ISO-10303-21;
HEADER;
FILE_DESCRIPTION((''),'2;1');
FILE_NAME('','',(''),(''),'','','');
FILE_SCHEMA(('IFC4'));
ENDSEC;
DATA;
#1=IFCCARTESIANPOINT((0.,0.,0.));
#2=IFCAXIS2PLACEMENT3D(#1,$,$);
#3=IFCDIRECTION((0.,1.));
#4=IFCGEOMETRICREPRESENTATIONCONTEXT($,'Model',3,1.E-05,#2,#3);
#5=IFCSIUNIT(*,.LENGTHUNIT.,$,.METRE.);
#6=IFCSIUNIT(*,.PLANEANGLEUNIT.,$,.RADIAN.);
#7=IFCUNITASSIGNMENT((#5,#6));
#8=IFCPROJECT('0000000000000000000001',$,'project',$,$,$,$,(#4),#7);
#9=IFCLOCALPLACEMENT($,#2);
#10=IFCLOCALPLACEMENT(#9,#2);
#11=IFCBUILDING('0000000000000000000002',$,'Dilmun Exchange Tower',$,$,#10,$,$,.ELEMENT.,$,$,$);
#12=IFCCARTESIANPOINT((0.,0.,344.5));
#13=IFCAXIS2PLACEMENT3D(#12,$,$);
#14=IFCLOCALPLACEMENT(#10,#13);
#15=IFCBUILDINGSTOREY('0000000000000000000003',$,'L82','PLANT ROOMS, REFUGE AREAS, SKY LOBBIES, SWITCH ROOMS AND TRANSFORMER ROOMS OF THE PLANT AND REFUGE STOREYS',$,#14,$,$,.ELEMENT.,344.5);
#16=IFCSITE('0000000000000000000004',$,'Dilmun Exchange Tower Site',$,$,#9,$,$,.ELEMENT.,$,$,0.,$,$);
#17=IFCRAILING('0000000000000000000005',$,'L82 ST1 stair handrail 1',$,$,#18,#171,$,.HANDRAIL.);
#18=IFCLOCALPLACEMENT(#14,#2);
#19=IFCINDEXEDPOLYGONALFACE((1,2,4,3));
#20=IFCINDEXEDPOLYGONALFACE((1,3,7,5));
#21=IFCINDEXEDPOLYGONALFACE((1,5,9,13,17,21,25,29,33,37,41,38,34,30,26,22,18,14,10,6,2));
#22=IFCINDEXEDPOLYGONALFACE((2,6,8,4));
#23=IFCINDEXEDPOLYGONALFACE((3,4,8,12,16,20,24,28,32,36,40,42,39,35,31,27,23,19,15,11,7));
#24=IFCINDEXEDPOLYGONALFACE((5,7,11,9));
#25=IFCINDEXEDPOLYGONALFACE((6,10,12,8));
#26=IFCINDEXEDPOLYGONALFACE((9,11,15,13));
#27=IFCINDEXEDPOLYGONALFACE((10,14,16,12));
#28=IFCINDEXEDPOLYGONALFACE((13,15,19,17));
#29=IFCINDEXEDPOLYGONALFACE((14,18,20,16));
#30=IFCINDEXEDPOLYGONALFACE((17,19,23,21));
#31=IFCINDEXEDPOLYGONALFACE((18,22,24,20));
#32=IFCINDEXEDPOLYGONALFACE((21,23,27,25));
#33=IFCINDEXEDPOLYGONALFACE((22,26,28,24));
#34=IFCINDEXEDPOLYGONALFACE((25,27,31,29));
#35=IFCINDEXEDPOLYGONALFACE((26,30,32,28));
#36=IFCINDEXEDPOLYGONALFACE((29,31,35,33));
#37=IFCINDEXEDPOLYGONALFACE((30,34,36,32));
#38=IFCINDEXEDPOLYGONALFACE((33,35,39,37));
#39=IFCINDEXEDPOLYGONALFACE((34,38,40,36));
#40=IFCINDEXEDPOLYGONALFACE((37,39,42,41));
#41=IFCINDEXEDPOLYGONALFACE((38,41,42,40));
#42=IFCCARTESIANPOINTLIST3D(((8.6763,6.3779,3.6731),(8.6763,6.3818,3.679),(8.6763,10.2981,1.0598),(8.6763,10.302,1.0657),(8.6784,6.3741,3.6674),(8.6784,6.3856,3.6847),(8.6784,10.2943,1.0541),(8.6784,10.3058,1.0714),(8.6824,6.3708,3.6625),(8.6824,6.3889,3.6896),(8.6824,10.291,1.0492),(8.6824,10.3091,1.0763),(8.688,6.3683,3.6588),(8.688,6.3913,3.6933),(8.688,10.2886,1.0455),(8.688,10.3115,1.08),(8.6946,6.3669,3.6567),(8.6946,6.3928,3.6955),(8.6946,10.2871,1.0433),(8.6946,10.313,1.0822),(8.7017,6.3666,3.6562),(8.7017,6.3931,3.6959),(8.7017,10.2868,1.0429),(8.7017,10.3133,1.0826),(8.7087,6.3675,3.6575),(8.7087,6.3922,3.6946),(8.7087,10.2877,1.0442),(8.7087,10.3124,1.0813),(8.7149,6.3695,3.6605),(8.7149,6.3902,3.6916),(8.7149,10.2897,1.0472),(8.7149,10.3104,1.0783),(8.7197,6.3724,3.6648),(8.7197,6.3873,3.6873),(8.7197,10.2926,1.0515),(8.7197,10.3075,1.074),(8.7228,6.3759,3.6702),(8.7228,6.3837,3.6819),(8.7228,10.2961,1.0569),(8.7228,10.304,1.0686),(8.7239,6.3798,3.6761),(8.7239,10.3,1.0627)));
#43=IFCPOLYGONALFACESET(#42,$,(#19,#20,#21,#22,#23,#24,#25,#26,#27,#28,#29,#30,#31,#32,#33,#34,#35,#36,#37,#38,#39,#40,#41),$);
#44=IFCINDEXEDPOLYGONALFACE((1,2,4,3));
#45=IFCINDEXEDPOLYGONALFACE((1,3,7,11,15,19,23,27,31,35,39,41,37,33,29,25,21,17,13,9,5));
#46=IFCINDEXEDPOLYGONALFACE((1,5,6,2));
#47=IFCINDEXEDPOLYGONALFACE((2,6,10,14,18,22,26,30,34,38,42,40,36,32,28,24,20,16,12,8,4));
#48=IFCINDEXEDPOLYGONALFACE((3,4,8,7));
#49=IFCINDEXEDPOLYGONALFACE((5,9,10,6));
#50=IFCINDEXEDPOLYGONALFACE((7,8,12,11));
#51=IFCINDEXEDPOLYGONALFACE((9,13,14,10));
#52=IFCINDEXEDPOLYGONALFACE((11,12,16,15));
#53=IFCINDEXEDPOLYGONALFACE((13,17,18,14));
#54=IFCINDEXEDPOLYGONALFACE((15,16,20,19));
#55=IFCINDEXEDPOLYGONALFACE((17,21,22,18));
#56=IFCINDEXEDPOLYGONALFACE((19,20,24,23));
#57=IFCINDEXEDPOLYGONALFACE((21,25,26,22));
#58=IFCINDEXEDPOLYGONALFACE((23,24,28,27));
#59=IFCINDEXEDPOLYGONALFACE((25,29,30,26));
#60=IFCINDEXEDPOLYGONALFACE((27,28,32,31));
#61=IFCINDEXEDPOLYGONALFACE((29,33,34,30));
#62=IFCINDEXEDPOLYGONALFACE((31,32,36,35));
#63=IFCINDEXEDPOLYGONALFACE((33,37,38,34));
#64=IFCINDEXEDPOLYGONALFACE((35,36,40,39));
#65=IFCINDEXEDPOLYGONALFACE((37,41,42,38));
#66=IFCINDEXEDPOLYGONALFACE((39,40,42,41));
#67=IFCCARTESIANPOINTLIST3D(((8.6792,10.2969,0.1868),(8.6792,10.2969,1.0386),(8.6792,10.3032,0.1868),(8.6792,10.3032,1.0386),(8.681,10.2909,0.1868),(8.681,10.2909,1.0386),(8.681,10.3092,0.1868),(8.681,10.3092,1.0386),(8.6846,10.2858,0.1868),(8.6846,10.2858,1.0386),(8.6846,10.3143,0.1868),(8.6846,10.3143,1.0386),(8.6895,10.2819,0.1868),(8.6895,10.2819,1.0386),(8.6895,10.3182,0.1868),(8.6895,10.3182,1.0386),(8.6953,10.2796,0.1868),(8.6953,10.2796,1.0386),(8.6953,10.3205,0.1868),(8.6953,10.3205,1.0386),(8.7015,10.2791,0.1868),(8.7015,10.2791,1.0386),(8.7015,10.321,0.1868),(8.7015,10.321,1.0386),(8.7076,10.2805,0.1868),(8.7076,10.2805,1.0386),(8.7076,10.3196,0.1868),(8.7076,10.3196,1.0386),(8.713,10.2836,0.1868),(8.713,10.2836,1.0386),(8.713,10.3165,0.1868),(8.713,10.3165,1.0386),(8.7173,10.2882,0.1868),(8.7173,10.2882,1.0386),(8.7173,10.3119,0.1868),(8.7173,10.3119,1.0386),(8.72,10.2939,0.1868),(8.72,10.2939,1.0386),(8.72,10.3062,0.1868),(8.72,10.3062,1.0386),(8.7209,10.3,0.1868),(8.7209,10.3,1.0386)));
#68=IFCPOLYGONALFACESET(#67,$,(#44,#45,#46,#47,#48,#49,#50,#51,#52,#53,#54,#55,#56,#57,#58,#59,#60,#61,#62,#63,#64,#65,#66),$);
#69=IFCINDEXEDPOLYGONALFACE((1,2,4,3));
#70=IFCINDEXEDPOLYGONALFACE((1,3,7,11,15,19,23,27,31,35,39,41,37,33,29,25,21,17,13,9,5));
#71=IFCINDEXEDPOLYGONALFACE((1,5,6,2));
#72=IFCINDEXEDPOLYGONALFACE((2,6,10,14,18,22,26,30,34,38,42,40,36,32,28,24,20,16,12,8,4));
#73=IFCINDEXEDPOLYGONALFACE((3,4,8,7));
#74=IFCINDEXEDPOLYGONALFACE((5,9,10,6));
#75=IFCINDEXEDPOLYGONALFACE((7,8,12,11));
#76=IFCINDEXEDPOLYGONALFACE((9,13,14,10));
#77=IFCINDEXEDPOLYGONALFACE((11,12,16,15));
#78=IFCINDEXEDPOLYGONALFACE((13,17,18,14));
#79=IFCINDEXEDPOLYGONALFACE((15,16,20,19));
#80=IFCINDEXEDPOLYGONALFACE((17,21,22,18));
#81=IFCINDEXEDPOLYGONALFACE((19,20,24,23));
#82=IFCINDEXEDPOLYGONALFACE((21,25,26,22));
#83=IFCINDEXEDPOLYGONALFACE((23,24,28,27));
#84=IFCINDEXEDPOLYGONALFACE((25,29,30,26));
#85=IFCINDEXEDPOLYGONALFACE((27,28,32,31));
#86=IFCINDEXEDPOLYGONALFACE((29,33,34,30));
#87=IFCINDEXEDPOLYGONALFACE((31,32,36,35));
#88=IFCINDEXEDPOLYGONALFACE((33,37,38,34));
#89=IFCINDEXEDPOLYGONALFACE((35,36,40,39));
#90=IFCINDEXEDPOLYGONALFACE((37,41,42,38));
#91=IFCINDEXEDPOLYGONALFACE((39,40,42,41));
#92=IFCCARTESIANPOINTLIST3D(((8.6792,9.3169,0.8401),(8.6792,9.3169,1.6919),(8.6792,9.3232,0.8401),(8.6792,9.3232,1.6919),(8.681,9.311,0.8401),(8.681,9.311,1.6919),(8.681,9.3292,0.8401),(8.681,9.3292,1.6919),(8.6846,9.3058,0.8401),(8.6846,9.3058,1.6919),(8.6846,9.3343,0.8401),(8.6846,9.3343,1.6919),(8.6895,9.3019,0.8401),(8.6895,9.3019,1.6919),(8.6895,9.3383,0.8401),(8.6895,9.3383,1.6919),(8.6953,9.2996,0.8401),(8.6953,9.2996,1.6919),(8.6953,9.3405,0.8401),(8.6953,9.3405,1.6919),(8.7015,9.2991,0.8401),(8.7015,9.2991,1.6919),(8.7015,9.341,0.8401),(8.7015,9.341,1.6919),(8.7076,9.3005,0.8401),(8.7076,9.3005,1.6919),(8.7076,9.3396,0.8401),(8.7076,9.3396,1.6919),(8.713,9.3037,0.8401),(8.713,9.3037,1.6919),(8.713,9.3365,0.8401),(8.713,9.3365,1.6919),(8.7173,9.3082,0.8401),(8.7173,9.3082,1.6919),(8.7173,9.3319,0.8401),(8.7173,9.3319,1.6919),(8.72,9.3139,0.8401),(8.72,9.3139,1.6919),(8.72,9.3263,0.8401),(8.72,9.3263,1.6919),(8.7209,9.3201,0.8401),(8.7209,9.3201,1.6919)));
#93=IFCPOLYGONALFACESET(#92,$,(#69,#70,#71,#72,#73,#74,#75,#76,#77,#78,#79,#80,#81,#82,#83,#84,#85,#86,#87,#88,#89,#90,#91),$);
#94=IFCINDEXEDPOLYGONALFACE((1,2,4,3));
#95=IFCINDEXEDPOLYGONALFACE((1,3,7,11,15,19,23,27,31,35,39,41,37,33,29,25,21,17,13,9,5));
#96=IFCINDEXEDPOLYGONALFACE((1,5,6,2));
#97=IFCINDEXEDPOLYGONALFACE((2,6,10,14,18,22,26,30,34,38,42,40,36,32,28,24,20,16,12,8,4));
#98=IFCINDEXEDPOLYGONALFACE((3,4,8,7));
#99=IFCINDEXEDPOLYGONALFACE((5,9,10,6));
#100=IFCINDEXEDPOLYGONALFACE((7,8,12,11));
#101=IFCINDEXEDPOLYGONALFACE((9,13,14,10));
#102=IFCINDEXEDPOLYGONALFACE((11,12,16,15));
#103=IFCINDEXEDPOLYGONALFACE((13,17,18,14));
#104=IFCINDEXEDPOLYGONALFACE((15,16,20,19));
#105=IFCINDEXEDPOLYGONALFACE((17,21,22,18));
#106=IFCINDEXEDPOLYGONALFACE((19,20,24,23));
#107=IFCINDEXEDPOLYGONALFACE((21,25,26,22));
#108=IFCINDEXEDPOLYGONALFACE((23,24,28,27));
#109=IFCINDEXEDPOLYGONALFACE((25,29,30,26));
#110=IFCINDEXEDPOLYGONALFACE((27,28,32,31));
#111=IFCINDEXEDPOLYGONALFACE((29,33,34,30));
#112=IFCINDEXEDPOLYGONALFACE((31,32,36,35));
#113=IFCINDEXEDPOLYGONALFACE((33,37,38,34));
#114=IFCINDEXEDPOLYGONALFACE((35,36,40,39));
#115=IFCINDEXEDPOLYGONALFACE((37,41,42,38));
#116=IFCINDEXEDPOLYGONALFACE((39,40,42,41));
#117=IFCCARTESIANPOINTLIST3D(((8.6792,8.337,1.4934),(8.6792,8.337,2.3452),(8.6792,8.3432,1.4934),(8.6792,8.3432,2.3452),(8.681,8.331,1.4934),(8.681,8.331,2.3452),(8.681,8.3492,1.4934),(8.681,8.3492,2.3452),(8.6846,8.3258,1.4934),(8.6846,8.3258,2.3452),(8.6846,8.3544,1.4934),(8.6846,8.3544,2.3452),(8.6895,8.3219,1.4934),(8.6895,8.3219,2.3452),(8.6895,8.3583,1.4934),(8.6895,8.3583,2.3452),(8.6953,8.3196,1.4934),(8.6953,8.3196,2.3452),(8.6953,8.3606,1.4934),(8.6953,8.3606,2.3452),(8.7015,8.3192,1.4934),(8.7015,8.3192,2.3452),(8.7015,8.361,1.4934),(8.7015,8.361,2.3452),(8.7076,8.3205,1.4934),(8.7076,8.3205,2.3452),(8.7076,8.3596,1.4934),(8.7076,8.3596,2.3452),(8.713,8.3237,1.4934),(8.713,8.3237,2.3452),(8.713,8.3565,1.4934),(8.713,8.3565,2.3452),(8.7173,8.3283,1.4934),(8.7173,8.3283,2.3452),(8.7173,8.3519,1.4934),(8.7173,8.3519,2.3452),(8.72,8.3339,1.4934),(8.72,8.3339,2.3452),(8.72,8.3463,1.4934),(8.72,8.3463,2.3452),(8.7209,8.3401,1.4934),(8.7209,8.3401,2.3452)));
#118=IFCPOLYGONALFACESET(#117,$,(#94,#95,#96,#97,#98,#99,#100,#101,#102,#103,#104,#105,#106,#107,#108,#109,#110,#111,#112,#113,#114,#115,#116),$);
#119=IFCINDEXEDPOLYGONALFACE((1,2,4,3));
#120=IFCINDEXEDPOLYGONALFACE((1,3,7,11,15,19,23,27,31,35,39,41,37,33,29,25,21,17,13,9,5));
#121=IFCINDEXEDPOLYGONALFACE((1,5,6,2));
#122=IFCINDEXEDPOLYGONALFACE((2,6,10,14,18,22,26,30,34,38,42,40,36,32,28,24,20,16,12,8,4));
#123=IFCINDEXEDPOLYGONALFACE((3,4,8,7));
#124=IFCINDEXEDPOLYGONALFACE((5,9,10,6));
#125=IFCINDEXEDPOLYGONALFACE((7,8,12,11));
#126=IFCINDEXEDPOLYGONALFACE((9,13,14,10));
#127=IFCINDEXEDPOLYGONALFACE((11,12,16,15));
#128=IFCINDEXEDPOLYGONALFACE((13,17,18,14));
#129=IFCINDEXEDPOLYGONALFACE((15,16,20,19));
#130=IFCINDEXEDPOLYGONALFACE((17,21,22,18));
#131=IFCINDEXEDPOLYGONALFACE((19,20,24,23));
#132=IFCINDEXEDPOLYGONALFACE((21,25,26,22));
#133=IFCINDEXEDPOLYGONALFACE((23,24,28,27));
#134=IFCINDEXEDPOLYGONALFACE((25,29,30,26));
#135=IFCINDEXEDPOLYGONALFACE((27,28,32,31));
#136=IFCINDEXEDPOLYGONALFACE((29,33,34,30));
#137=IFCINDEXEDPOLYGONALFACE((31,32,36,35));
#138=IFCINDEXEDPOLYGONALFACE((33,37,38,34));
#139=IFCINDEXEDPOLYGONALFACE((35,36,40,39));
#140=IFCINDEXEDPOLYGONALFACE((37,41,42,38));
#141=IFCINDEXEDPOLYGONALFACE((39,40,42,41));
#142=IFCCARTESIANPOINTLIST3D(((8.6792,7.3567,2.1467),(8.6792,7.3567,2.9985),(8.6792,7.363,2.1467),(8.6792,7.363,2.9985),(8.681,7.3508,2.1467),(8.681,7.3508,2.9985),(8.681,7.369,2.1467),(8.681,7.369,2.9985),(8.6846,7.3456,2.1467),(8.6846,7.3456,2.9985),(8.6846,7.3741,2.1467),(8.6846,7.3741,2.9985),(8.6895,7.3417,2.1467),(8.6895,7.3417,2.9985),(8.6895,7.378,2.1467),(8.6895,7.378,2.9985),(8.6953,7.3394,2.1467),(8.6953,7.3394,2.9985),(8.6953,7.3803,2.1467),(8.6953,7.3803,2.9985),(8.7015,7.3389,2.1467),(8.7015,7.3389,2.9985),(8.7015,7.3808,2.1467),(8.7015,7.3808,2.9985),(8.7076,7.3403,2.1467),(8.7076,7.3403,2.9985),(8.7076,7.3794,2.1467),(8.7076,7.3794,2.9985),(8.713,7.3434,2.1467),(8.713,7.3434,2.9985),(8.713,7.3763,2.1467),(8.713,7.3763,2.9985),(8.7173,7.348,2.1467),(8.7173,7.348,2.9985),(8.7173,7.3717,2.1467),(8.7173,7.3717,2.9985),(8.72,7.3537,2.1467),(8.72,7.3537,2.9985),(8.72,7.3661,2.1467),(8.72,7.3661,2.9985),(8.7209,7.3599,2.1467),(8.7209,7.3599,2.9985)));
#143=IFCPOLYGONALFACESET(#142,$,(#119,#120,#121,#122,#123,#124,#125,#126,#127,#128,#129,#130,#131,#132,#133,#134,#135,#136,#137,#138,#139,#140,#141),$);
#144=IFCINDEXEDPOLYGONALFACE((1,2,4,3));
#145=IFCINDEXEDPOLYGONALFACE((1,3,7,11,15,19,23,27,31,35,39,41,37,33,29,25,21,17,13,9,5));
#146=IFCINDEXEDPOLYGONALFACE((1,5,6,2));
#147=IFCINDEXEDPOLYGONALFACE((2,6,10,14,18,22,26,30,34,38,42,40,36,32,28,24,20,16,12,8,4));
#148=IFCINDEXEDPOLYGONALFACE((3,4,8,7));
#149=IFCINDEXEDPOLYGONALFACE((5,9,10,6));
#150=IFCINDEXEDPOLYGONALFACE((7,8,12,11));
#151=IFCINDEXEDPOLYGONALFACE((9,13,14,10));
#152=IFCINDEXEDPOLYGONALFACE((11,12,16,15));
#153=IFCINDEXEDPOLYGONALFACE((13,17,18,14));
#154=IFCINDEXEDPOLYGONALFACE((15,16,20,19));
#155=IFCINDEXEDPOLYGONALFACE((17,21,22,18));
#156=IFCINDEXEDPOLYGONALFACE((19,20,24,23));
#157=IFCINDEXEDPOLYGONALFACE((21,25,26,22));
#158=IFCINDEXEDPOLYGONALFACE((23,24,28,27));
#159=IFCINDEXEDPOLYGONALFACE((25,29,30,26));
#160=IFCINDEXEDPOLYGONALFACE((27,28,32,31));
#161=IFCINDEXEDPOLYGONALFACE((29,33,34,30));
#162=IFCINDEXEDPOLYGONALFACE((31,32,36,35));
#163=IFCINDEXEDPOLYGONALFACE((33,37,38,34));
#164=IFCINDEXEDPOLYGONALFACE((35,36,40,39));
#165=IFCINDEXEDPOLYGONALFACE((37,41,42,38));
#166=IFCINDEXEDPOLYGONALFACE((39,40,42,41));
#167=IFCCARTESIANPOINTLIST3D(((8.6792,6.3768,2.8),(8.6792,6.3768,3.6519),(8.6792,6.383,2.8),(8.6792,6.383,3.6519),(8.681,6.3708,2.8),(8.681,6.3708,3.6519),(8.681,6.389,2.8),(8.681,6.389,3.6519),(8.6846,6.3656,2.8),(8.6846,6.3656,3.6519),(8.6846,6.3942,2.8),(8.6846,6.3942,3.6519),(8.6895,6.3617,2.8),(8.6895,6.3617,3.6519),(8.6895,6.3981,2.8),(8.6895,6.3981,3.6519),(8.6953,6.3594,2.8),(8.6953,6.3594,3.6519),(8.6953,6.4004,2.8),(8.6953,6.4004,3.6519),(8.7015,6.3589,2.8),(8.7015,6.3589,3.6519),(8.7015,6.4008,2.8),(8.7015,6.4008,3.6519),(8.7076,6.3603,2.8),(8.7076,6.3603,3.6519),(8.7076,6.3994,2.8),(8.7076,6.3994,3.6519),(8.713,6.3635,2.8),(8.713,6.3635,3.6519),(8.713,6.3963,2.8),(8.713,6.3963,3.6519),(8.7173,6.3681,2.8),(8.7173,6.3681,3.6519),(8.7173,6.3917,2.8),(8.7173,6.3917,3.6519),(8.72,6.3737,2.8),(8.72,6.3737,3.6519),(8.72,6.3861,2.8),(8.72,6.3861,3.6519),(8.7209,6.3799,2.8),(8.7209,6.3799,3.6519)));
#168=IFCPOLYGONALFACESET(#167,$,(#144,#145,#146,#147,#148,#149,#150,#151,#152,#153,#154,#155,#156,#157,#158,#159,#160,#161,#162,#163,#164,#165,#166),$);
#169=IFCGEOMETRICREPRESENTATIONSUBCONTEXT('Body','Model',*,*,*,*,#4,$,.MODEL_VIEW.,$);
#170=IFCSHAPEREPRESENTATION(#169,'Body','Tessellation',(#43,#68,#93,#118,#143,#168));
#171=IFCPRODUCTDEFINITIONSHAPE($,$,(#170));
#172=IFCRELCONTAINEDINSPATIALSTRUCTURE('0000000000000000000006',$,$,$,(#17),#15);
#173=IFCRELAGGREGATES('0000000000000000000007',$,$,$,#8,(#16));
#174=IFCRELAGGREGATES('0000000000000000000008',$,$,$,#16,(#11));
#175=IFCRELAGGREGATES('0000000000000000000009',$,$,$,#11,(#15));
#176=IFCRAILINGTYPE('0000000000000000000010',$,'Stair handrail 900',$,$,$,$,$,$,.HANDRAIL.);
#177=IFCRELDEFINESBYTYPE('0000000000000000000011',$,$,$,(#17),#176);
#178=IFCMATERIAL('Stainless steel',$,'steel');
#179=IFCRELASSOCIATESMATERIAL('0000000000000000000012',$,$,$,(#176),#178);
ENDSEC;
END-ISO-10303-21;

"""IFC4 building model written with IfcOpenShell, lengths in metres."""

from ifc_helpers import new_model, si_unit, direction, frame, origin, origin_2d, place, context, subcontext, project, spatial, circle, extrude, material, type_object, element, save


model = new_model("IFC4")

# Units and contexts
model_context = context("Model", 3, precision=1e-05, world=origin(), true_north=direction((0.0, 1.0)))
body_context = subcontext(model_context, "Body", "Model", "MODEL_VIEW")
ifc_project = project(units=[si_unit("LENGTHUNIT", "METRE"), si_unit("PLANEANGLEUNIT", "RADIAN")], contexts=[model_context])

# Site, building, storey
site_placement = place(None, origin())
site = spatial("IfcSite", under=ifc_project, at=site_placement, Name="Dilmun Exchange Tower Site", CompositionType="ELEMENT", RefElevation=0.0)
building_placement = place(site_placement, origin())
building = spatial("IfcBuilding", under=site, at=building_placement, Name="Dilmun Exchange Tower", CompositionType="ELEMENT")
storey_placement = place(building_placement, frame((0.0, 0.0, 344.5)))
storey = spatial("IfcBuildingStorey", under=building, at=storey_placement, Name="L82", Description="PLANT ROOMS, REFUGE AREAS, SKY LOBBIES, SWITCH ROOMS AND TRANSFORMER ROOMS OF THE PLANT AND REFUGE STOREYS", CompositionType="ELEMENT", Elevation=344.5)

# Railing
ifc_material_1 = material(Name="Stainless steel", Category="steel")
railing_type = type_object("IfcRailingType", Name="Stair handrail 900", PredefinedType="HANDRAIL", material=ifc_material_1)
railing_1_placement = place(storey_placement, frame((8.7, 10.3, 0.1868)))
element("IfcRailing", 1, at=railing_1_placement, inside=storey, type_object=railing_type, Name="L82 ST1 stair handrail 1", PredefinedType="HANDRAIL", context=body_context, shape_type="SweptSolid", body=[
    extrude(circle(Radius=0.0239, at=origin_2d()), frame((0.0, 0.0, 0.876), z_axis=(0.0, -0.832066, 0.554676), x_axis=(1.0, 0.0, 0.0)), (0.0, 0.0, 1.0), 4.7114),
    extrude(circle(Radius=0.021, at=origin_2d()), origin(), (0.0, 0.0, 1.0), 0.8518),
    extrude(circle(Radius=0.021, at=origin_2d()), frame((0.0, -0.98, 0.6533)), (0.0, 0.0, 1.0), 0.8518),
    extrude(circle(Radius=0.021, at=origin_2d()), frame((0.0, -1.96, 1.3066)), (0.0, 0.0, 1.0), 0.8518),
    extrude(circle(Radius=0.021, at=origin_2d()), frame((0.0, -2.9402, 1.96)), (0.0, 0.0, 1.0), 0.8518),
    extrude(circle(Radius=0.021, at=origin_2d()), frame((0.0, -3.9202, 2.6133)), (0.0, 0.0, 1.0), 0.8518),
])

save(model, "model.ifc")
